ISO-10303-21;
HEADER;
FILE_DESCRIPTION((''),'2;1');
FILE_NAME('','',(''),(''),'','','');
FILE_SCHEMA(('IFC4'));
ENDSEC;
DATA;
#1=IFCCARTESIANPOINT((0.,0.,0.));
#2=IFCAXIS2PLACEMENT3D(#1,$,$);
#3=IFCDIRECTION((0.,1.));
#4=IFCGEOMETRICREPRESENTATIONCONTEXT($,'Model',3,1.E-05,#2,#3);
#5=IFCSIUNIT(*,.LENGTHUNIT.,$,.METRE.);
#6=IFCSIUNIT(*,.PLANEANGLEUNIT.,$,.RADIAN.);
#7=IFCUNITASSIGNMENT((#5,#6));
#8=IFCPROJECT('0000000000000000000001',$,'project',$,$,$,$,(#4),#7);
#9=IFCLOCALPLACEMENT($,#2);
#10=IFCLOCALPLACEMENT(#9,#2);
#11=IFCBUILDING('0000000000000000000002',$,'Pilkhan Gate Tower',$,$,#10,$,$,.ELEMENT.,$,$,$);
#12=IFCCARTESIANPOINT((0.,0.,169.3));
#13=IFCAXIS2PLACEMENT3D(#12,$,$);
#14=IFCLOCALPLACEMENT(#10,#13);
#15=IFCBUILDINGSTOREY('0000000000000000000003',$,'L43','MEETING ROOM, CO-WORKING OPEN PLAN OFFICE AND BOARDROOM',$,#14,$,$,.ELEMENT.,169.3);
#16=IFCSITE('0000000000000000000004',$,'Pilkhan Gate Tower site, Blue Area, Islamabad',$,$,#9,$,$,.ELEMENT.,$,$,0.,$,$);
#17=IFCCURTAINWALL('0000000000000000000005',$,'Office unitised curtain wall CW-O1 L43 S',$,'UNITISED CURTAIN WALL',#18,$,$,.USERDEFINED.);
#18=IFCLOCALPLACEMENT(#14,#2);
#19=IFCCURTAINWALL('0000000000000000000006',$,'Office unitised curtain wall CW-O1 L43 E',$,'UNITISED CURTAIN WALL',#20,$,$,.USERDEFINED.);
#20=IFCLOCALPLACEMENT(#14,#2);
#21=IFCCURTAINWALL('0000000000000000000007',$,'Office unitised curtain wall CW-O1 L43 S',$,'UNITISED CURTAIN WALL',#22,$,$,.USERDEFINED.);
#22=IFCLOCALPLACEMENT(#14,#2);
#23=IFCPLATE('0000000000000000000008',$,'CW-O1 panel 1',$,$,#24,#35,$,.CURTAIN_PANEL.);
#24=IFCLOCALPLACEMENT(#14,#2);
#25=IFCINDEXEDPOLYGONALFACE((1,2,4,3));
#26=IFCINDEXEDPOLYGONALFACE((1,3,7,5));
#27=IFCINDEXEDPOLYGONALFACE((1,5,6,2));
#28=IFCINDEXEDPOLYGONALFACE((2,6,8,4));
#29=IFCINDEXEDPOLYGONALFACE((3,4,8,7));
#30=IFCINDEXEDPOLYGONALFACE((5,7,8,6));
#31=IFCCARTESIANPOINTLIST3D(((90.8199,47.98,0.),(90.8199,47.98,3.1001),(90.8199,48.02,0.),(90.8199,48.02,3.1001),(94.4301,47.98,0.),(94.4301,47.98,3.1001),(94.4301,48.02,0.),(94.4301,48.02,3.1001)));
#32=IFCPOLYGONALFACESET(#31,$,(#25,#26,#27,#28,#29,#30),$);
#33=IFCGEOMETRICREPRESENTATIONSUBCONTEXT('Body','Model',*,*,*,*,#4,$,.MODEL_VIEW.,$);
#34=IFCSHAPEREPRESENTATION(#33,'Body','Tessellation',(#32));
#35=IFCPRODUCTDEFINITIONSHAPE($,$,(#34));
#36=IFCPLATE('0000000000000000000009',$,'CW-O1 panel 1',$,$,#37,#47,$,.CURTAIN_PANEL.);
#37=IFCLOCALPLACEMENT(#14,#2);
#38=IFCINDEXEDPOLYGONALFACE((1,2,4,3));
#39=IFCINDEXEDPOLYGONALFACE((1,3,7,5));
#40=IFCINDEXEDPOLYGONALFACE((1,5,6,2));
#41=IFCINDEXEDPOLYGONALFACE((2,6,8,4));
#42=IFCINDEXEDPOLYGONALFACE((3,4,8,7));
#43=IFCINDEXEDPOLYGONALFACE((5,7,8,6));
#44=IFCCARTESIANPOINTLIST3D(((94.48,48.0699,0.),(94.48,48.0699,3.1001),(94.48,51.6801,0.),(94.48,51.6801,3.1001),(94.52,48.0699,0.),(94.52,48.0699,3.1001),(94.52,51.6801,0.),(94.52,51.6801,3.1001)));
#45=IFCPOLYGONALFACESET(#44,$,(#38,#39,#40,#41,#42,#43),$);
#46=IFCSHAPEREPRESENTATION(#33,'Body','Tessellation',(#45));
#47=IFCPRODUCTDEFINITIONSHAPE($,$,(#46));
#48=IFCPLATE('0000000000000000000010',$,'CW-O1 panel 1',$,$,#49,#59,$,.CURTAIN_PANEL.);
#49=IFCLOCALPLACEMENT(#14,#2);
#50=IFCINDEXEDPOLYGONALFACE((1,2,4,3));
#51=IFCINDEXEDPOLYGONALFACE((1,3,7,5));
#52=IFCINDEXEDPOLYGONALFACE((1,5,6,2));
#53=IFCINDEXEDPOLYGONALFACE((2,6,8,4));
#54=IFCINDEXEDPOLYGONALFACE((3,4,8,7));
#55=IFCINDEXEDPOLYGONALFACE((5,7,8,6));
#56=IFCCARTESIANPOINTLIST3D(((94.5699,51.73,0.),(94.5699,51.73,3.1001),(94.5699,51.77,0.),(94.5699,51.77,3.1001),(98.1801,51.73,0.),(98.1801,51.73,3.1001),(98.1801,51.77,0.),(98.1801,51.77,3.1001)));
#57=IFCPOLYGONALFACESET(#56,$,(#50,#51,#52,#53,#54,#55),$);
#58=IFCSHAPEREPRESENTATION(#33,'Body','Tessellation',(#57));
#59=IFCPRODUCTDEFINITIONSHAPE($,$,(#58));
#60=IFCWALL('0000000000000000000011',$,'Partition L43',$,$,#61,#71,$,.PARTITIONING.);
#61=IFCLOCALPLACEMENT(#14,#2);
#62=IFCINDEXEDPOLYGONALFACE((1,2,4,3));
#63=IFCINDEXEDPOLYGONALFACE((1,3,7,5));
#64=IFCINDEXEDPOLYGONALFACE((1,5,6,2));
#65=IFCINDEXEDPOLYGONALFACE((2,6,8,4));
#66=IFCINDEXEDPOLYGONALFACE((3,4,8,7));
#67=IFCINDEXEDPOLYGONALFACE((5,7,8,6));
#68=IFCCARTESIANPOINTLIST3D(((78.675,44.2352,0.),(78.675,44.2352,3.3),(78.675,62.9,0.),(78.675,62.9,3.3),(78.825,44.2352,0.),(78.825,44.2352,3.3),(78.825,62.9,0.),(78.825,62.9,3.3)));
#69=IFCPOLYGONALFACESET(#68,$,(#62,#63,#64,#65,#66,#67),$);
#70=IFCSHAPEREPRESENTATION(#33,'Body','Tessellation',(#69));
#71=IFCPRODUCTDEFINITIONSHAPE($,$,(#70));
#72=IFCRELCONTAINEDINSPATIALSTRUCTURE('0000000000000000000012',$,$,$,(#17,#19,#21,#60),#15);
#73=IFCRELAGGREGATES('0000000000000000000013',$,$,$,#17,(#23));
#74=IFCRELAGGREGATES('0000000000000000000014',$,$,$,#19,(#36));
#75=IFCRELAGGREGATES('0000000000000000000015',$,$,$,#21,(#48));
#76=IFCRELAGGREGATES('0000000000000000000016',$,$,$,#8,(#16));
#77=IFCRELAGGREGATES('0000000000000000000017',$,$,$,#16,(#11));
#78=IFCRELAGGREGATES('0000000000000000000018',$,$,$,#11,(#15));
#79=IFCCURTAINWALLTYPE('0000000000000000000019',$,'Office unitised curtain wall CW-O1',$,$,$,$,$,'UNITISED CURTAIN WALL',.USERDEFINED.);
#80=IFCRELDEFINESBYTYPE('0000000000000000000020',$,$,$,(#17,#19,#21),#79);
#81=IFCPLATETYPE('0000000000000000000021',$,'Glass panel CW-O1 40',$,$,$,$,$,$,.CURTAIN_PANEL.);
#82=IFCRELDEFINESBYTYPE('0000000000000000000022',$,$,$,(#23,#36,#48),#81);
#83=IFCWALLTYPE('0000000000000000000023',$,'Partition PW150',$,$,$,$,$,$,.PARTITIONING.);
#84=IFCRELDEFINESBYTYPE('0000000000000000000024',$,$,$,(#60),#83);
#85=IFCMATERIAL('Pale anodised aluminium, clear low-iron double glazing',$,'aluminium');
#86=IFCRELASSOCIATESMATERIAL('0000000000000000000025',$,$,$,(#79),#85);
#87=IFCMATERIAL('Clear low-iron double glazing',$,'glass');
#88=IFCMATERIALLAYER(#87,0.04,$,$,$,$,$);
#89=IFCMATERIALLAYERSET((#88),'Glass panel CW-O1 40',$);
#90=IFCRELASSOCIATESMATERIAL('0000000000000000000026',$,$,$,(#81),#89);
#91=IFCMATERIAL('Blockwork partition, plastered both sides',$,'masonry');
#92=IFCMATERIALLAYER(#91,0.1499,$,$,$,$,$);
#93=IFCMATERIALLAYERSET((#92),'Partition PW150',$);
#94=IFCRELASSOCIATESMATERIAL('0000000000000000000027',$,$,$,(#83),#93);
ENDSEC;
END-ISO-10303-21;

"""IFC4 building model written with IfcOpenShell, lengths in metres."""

from ifc_helpers import new_model, si_unit, direction, frame, frame_2d, origin, origin_2d, place, context, subcontext, project, spatial, rectangle, extrude, material, layer, layer_set, type_object, element, aggregate, save


model = new_model("IFC4")

# Units and contexts
model_context = context("Model", 3, precision=1e-05, world=origin(), true_north=direction((0.0, 1.0)))
body_context = subcontext(model_context, "Body", "Model", "MODEL_VIEW")
ifc_project = project(units=[si_unit("LENGTHUNIT", "METRE"), si_unit("PLANEANGLEUNIT", "RADIAN")], contexts=[model_context])

# Site, building, storey
site_placement = place(None, origin())
site = spatial("IfcSite", under=ifc_project, at=site_placement, Name="Pilkhan Gate Tower site, Blue Area, Islamabad", CompositionType="ELEMENT", RefElevation=0.0)
building_placement = place(site_placement, origin())
building = spatial("IfcBuilding", under=site, at=building_placement, Name="Pilkhan Gate Tower", CompositionType="ELEMENT")
storey_placement = place(building_placement, frame((0.0, 0.0, 169.3)))
storey = spatial("IfcBuildingStorey", under=building, at=storey_placement, Name="L43", Description="MEETING ROOM, CO-WORKING OPEN PLAN OFFICE AND BOARDROOM", CompositionType="ELEMENT", Elevation=169.3)

# Shared definitions
ifc_material_1 = material(Name="Pale anodised aluminium, clear low-iron double glazing", Category="aluminium")
curtain_wall_type = type_object("IfcCurtainWallType", Name="Office unitised curtain wall CW-O1", ElementType="UNITISED CURTAIN WALL", PredefinedType="USERDEFINED", material=ifc_material_1)

# Curtain walls
curtain_wall_1_placement = place(storey_placement, origin())
curtain_wall_1 = element("IfcCurtainWall", 1, at=curtain_wall_1_placement, inside=storey, type_object=curtain_wall_type, Name="Office unitised curtain wall CW-O1 L43 S", ObjectType="UNITISED CURTAIN WALL", PredefinedType="USERDEFINED")
curtain_wall_2_placement = place(storey_placement, origin())
curtain_wall_2 = element("IfcCurtainWall", 2, at=curtain_wall_2_placement, inside=storey, type_object=curtain_wall_type, Name="Office unitised curtain wall CW-O1 L43 E", ObjectType="UNITISED CURTAIN WALL", PredefinedType="USERDEFINED")
curtain_wall_3_placement = place(storey_placement, origin())
curtain_wall_3 = element("IfcCurtainWall", 3, at=curtain_wall_3_placement, inside=storey, type_object=curtain_wall_type, Name="Office unitised curtain wall CW-O1 L43 S", ObjectType="UNITISED CURTAIN WALL", PredefinedType="USERDEFINED")

# Plates
ifc_material_2 = material(Name="Clear low-iron double glazing", Category="glass")
ifc_layer_1 = layer(ifc_material_2, 0.04)
ifc_layer_set_1 = layer_set([ifc_layer_1], Name="Glass panel CW-O1 40")
plate_type = type_object("IfcPlateType", Name="Glass panel CW-O1 40", PredefinedType="CURTAIN_PANEL", material=ifc_layer_set_1)
plate_1_placement = place(storey_placement, frame((92.625, 48.0, 0.0), z_axis=(0.0, 0.0, 1.0), x_axis=(1.0, 0.0, 0.0)))
plate_1 = element("IfcPlate", 4, at=plate_1_placement, type_object=plate_type, Name="CW-O1 panel 1", PredefinedType="CURTAIN_PANEL", context=body_context, shape_type="SweptSolid", body=[
    extrude(rectangle(XDim=3.6101, YDim=0.04, at=origin_2d()), origin(), (0.0, 0.0, 1.0), 3.1001),
])
aggregate(curtain_wall_1, [plate_1])
plate_2_placement = place(storey_placement, frame((94.5, 49.875, 0.0), z_axis=(0.0, 0.0, 1.0), x_axis=(0.0, 1.0, 0.0)))
plate_2 = element("IfcPlate", 5, at=plate_2_placement, type_object=plate_type, Name="CW-O1 panel 1", PredefinedType="CURTAIN_PANEL", context=body_context, shape_type="SweptSolid", body=[
    extrude(rectangle(XDim=3.6101, YDim=0.04, at=origin_2d()), origin(), (0.0, 0.0, 1.0), 3.1001),
])
aggregate(curtain_wall_2, [plate_2])
plate_3_placement = place(storey_placement, frame((96.375, 51.75, 0.0), z_axis=(0.0, 0.0, 1.0), x_axis=(1.0, 0.0, 0.0)))
plate_3 = element("IfcPlate", 6, at=plate_3_placement, type_object=plate_type, Name="CW-O1 panel 1", PredefinedType="CURTAIN_PANEL", context=body_context, shape_type="SweptSolid", body=[
    extrude(rectangle(XDim=3.6101, YDim=0.04, at=origin_2d()), origin(), (0.0, 0.0, 1.0), 3.1001),
])
aggregate(curtain_wall_3, [plate_3])

# Wall
ifc_material_3 = material(Name="Blockwork partition, plastered both sides", Category="masonry")
ifc_layer_2 = layer(ifc_material_3, 0.1499)
ifc_layer_set_2 = layer_set([ifc_layer_2], Name="Partition PW150")
wall_type = type_object("IfcWallType", Name="Partition PW150", PredefinedType="PARTITIONING", material=ifc_layer_set_2)
wall_placement = place(storey_placement, frame((78.75, 44.2351, 0.0), z_axis=(0.0, 0.0, 1.0), x_axis=(0.0, 1.0, 0.0)))
element("IfcWall", 7, at=wall_placement, inside=storey, type_object=wall_type, Name="Partition L43", PredefinedType="PARTITIONING", context=body_context, shape_type="SweptSolid", body=[
    extrude(rectangle(XDim=18.6648, YDim=0.1499, at=frame_2d((9.3325, 0.0))), origin(), (0.0, 0.0, 1.0), 3.3),
])

save(model, "model.ifc")
